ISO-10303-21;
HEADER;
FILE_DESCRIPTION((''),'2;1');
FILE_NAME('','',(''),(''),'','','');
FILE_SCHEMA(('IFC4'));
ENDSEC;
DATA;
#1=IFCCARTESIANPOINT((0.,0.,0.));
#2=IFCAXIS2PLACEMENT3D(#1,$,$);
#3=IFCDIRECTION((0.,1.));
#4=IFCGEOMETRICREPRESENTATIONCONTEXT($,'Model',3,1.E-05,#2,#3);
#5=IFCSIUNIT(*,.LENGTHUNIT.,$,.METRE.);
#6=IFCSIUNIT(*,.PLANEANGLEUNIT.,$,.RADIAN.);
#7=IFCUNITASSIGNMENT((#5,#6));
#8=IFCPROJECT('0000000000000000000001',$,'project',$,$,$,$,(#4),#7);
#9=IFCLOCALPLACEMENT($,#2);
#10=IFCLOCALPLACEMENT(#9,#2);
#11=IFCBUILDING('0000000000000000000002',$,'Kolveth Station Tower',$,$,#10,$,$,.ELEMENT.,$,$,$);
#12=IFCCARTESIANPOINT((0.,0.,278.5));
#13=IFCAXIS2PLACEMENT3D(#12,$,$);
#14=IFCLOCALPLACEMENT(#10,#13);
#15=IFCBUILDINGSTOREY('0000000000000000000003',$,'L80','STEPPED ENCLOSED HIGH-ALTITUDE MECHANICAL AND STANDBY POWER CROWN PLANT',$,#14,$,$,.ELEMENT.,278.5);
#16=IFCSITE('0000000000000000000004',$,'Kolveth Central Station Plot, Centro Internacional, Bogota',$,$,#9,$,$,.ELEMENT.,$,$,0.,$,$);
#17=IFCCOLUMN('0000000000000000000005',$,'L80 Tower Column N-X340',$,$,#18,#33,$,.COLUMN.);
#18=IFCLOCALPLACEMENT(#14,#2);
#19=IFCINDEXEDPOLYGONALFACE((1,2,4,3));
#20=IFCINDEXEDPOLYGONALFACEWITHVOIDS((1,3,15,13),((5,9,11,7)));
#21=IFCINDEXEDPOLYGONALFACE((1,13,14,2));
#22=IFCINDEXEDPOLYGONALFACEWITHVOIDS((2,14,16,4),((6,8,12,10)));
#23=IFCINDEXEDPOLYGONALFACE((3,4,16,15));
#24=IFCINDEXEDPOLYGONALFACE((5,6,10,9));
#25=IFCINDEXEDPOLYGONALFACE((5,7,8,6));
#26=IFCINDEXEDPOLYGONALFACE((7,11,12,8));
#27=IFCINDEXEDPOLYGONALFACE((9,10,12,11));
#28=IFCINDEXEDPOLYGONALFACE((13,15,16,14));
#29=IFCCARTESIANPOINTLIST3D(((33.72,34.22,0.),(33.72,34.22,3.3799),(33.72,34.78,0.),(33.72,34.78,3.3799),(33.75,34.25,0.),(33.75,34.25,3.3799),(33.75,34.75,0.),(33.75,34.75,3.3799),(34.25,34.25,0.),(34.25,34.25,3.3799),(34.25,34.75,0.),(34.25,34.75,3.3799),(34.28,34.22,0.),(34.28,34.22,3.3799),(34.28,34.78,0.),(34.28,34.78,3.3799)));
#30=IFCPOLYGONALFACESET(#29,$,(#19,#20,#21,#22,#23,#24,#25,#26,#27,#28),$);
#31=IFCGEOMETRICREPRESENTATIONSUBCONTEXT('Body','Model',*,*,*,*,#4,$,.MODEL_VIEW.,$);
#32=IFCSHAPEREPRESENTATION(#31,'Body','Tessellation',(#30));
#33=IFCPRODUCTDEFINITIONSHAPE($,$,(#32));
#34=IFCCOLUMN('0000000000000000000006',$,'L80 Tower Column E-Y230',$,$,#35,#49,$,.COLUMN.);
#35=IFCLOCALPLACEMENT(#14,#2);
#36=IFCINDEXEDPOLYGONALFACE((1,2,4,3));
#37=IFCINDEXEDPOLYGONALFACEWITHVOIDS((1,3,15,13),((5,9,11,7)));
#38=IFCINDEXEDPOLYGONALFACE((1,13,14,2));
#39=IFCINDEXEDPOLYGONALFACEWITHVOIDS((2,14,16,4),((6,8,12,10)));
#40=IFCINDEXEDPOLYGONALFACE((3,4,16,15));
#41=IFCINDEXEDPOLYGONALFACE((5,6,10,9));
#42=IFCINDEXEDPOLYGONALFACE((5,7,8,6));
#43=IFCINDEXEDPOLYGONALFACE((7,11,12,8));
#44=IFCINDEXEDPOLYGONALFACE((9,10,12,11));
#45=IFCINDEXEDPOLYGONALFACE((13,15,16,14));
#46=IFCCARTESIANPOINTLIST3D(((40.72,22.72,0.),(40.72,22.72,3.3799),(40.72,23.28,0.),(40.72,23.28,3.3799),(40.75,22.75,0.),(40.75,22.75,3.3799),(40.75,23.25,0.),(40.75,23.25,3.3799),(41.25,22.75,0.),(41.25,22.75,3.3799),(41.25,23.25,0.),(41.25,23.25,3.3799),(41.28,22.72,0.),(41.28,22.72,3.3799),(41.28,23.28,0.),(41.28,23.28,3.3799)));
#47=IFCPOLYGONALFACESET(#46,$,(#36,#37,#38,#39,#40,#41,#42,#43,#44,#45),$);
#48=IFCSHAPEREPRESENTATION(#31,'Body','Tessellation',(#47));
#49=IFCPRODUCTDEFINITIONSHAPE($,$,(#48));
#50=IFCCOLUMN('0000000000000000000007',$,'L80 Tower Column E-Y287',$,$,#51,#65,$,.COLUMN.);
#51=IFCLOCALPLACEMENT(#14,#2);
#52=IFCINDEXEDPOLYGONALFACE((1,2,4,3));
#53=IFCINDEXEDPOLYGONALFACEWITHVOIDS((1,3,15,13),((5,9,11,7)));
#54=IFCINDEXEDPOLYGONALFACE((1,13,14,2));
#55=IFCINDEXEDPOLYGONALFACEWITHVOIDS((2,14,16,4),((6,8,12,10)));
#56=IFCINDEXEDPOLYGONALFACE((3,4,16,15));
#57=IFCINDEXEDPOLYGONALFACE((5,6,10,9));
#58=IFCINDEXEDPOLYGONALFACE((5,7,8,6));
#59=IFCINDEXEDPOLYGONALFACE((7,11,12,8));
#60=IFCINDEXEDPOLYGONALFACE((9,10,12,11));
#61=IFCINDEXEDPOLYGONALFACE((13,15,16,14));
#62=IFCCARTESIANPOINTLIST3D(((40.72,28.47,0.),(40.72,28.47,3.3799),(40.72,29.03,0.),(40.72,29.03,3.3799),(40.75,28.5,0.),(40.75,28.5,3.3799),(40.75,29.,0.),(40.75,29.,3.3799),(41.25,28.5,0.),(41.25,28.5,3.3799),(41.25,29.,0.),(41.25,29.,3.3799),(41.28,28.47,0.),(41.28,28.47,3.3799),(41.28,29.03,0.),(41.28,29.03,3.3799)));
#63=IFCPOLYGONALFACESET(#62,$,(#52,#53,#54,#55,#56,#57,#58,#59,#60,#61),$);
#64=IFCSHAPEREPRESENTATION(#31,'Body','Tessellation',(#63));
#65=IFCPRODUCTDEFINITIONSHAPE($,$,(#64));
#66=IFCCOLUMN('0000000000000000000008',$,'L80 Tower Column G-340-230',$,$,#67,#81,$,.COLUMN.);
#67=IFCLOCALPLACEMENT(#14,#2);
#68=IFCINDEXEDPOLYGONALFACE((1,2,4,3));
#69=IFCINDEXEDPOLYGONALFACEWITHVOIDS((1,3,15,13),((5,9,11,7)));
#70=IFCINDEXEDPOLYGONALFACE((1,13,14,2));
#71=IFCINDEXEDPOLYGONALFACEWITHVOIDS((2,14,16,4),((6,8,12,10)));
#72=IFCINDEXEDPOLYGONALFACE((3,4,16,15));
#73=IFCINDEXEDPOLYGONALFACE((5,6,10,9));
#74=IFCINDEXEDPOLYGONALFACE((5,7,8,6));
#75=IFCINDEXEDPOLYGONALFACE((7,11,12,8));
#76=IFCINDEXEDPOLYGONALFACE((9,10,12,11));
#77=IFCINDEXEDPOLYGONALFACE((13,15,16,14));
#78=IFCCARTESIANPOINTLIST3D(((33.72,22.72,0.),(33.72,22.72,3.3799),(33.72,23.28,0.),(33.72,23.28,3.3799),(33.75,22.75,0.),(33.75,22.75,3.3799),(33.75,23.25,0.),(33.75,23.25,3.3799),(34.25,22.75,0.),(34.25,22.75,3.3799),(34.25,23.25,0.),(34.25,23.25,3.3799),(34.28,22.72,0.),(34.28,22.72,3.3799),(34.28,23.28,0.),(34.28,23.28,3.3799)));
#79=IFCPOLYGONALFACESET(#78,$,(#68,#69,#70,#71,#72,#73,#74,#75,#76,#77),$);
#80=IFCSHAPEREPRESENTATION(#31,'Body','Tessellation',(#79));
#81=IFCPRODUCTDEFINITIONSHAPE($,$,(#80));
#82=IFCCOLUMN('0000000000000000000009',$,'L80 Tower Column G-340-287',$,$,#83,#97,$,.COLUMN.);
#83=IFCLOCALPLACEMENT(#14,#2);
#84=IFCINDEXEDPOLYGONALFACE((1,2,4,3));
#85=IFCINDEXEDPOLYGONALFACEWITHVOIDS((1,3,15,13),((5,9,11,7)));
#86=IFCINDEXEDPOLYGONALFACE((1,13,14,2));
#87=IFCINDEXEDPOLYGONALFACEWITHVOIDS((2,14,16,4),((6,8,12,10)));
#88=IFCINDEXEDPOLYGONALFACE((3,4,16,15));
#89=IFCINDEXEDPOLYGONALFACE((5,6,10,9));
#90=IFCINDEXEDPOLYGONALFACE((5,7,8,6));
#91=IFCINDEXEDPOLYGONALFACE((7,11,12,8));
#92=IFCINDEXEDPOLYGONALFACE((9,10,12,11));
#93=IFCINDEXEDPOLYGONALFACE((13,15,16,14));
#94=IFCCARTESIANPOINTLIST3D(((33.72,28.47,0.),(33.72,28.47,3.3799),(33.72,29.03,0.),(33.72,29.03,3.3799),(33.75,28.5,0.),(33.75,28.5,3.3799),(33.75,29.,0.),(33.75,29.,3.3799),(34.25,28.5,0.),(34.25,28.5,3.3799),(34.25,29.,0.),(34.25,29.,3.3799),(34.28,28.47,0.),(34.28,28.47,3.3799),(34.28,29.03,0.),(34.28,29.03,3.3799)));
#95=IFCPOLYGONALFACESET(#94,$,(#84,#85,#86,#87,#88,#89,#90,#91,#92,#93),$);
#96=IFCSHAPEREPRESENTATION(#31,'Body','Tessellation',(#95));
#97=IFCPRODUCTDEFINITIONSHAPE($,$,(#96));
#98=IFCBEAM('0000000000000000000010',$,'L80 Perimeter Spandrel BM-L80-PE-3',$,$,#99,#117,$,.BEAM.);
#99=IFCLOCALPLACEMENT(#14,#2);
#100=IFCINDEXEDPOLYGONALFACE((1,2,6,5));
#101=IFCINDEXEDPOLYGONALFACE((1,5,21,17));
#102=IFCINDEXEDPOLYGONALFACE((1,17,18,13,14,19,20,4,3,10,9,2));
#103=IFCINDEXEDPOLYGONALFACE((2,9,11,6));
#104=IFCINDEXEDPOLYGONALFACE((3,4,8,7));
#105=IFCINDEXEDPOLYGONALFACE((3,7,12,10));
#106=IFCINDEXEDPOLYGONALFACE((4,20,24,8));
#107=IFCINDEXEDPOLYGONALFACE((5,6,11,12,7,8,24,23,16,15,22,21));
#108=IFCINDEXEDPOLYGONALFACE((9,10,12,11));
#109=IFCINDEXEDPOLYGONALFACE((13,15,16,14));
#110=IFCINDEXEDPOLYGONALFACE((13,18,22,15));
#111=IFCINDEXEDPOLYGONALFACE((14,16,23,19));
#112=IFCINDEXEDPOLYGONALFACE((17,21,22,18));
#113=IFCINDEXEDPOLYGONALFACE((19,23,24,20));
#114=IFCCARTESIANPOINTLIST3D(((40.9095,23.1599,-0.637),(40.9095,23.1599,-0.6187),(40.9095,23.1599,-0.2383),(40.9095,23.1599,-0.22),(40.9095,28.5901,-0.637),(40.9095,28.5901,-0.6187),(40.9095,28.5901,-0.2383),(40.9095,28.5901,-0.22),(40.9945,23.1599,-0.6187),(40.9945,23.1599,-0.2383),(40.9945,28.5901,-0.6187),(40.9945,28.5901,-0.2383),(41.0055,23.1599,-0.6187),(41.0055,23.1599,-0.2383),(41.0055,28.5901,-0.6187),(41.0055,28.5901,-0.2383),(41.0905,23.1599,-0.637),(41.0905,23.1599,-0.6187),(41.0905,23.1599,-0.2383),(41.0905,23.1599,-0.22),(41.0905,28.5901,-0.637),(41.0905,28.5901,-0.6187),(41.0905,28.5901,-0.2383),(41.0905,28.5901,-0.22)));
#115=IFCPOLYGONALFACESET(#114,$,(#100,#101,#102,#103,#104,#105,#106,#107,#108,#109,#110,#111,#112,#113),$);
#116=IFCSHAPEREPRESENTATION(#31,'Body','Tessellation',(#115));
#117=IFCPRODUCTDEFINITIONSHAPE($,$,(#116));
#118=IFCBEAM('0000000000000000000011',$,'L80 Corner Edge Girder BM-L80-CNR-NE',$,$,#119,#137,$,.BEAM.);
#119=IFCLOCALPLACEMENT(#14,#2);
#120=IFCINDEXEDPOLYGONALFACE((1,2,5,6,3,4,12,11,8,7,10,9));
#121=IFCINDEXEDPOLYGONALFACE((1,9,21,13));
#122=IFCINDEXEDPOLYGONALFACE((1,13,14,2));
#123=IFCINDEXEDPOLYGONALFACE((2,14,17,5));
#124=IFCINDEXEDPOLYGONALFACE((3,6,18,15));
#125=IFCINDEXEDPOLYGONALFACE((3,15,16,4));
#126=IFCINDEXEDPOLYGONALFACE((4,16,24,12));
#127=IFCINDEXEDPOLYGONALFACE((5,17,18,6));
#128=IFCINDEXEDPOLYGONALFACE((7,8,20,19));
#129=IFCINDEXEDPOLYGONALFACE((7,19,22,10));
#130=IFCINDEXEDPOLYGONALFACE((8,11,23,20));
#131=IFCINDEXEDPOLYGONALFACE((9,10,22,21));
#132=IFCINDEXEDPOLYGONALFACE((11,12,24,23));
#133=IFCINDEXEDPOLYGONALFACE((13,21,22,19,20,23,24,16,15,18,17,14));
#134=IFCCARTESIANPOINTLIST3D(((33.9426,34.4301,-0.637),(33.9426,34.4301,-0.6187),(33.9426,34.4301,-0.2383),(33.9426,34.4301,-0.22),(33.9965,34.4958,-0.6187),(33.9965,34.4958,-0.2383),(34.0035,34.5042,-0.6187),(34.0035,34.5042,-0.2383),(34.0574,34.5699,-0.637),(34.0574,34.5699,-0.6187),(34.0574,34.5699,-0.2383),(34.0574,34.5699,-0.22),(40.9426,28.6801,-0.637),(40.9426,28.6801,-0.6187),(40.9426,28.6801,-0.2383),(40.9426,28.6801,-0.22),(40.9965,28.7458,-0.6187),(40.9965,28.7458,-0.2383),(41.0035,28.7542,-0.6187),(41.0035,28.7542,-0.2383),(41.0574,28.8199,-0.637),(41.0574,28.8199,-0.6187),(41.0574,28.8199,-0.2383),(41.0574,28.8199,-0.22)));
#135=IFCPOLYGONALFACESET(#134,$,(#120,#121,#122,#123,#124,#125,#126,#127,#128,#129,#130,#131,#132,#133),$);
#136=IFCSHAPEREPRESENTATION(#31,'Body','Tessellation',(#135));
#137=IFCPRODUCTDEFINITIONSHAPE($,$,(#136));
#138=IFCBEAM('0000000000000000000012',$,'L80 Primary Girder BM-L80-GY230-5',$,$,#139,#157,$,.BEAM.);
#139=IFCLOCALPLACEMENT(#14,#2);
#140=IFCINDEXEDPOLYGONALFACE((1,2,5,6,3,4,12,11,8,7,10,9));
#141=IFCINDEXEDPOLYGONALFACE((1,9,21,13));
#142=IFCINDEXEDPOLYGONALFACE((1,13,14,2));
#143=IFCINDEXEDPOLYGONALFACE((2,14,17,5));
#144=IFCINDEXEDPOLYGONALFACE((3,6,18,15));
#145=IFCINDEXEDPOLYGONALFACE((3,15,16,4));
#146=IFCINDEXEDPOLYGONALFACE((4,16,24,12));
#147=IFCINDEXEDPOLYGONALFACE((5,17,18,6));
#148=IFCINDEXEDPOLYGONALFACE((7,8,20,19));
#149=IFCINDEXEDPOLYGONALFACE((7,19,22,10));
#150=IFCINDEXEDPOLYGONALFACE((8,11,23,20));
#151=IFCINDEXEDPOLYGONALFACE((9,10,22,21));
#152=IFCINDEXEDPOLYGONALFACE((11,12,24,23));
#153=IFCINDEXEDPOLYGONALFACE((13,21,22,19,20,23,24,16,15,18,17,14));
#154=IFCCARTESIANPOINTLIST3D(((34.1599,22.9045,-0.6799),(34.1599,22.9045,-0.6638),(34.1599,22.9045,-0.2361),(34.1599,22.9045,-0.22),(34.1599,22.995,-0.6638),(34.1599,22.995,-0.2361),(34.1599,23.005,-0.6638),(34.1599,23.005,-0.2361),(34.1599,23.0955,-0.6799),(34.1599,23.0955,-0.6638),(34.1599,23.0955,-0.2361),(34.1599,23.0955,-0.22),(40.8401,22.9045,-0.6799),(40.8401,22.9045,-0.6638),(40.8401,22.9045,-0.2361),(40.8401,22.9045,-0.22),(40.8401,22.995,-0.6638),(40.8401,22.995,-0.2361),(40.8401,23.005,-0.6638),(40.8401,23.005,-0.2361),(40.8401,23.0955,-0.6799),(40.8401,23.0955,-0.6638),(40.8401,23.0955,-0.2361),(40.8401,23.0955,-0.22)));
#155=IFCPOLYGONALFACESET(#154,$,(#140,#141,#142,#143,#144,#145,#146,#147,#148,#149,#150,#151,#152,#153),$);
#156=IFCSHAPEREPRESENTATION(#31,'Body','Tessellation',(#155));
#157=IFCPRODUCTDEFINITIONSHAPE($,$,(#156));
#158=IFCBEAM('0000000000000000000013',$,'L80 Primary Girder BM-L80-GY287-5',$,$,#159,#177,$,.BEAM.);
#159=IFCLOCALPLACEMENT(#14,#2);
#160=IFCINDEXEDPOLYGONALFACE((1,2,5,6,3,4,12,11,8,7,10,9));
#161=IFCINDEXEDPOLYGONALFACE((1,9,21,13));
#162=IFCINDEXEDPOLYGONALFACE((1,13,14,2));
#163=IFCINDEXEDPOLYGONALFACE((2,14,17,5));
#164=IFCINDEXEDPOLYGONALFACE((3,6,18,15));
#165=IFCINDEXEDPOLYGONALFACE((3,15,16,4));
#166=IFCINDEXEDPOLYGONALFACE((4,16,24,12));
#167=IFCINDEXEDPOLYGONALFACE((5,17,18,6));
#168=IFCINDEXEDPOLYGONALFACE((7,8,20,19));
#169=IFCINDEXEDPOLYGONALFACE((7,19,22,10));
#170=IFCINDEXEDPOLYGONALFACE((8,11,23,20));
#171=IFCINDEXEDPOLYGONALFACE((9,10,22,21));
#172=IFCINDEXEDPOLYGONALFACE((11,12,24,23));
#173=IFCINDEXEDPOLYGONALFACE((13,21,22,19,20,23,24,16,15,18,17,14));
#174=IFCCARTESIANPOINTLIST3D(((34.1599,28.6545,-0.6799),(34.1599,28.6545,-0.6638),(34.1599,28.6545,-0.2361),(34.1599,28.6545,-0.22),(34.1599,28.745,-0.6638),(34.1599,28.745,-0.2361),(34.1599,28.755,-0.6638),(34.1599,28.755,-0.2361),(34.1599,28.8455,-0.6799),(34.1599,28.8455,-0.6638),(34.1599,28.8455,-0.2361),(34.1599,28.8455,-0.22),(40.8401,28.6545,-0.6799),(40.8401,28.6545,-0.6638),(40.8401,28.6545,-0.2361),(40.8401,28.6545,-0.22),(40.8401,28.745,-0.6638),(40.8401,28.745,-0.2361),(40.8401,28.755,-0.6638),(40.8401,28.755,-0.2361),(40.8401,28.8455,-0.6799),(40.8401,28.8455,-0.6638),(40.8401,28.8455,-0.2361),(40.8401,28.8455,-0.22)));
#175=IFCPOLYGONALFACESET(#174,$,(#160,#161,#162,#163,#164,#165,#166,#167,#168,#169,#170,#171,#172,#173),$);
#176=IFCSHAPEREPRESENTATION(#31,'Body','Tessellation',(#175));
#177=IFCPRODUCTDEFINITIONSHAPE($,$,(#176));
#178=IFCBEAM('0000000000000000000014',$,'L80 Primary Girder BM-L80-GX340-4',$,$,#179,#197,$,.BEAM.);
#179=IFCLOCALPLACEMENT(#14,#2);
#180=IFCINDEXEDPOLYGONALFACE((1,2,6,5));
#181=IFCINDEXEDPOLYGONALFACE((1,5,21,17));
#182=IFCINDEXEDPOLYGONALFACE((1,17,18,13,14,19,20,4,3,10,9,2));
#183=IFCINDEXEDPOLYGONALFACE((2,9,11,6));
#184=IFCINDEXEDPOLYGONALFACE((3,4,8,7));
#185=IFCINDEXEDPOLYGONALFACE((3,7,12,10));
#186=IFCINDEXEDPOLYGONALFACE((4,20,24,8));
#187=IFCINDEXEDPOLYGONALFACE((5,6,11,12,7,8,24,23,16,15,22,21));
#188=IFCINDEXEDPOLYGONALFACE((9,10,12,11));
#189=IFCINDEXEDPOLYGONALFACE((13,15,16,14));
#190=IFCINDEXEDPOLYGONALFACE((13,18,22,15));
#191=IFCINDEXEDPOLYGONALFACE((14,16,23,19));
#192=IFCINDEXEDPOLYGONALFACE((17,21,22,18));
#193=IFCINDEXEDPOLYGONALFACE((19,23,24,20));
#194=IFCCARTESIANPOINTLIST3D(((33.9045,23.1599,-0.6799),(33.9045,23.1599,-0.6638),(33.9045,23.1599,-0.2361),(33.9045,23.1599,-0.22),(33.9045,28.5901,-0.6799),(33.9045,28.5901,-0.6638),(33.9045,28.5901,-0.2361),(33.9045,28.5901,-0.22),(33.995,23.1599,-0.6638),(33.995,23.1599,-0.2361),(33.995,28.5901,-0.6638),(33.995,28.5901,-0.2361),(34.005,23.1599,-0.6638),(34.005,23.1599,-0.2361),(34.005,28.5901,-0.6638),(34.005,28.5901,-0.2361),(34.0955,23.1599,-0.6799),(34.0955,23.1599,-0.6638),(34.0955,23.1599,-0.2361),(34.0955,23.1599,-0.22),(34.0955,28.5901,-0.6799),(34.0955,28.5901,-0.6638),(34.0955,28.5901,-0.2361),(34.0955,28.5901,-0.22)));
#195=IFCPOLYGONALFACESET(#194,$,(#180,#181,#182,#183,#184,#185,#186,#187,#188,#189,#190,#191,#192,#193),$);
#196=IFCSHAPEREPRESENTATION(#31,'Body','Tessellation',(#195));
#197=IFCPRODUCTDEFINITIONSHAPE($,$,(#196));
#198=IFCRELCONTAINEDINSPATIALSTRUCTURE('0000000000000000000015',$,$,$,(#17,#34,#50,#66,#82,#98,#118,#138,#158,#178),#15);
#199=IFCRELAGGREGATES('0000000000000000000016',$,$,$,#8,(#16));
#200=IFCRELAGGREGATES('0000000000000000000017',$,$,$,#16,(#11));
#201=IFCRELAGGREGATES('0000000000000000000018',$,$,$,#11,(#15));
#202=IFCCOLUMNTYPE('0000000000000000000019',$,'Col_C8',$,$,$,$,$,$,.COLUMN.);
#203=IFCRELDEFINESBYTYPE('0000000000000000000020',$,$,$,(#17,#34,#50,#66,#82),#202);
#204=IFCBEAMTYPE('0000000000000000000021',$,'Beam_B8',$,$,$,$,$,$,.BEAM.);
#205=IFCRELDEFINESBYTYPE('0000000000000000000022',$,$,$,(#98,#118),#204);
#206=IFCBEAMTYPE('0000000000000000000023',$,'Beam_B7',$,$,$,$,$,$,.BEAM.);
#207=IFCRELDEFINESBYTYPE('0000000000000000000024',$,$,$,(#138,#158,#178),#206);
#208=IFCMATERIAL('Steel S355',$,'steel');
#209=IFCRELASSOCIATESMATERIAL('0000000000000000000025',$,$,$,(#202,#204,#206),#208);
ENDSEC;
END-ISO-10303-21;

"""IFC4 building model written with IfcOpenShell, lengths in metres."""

from ifc_helpers import new_model, si_unit, direction, frame, origin, origin_2d, place, context, subcontext, project, spatial, hollow_rectangle, i_section, extrude, source, transform, mapped, material, material_profile, profile_set, type_object, element, save


model = new_model("IFC4")

# Units and contexts
model_context = context("Model", 3, precision=1e-05, world=origin(), true_north=direction((0.0, 1.0)))
body_context = subcontext(model_context, "Body", "Model", "MODEL_VIEW")
ifc_project = project(units=[si_unit("LENGTHUNIT", "METRE"), si_unit("PLANEANGLEUNIT", "RADIAN")], contexts=[model_context])

# Site, building, storey
site_placement = place(None, origin())
site = spatial("IfcSite", under=ifc_project, at=site_placement, Name="Kolveth Central Station Plot, Centro Internacional, Bogota", CompositionType="ELEMENT", RefElevation=0.0)
building_placement = place(site_placement, origin())
building = spatial("IfcBuilding", under=site, at=building_placement, Name="Kolveth Station Tower", CompositionType="ELEMENT")
storey_placement = place(building_placement, frame((0.0, 0.0, 278.5)))
storey = spatial("IfcBuildingStorey", under=building, at=storey_placement, Name="L80", Description="STEPPED ENCLOSED HIGH-ALTITUDE MECHANICAL AND STANDBY POWER CROWN PLANT", CompositionType="ELEMENT", Elevation=278.5)

# Columns
ifc_material_1 = material(Name="Steel S355", Category="steel")
ifc_material_profile_1 = material_profile(ifc_material_1, hollow_rectangle(XDim=0.5601, YDim=0.5601, WallThickness=0.03, at=origin_2d()), Name="BOX560x560x30")
ifc_profile_set_1 = profile_set([ifc_material_profile_1], Name="Steel S355")
column_type = type_object("IfcColumnType", Name="Col_C8", PredefinedType="COLUMN", material=ifc_profile_set_1)
shared_shape_1 = source(origin(), body_context, "Body", "SweptSolid", [
    extrude(hollow_rectangle(XDim=0.5601, YDim=0.5601, WallThickness=0.03, at=origin_2d()), origin(), (0.0, 0.0, 1.0), 3.3799),
])
for number, where, z_axis, x_axis, name in (
    (1, (34.0, 34.5, 0.0), (0.0, 0.0, 1.0), (1.0, 0.0, 0.0), "L80 Tower Column N-X340"),
    (2, (41.0, 23.0, 0.0), (0.0, 0.0, 1.0), (1.0, 0.0, 0.0), "L80 Tower Column E-Y230"),
    (3, (41.0, 28.75, 0.0), (0.0, 0.0, 1.0), (1.0, 0.0, 0.0), "L80 Tower Column E-Y287"),
    (4, (34.0, 23.0, 0.0), (0.0, 0.0, 1.0), (1.0, 0.0, 0.0), "L80 Tower Column G-340-230"),
    (5, (34.0, 28.75, 0.0), (0.0, 0.0, 1.0), (1.0, 0.0, 0.0), "L80 Tower Column G-340-287"),
):
    element("IfcColumn", number, at=place(storey_placement, frame(where, z_axis=z_axis, x_axis=x_axis)), inside=storey, type_object=column_type, Name=name, PredefinedType="COLUMN", context=body_context, shape_type="MappedRepresentation", body=[
        mapped(shared_shape_1, transform((0.0, 0.0, 0.0), x_axis=(1.0, 0.0, 0.0), y_axis=(0.0, 1.0, 0.0), z_axis=(0.0, 0.0, 1.0), scale=1.0)),
    ])

# Beams
ifc_material_profile_2 = material_profile(ifc_material_1, i_section(OverallWidth=0.1809, OverallDepth=0.417, WebThickness=0.011, FlangeThickness=0.0183, at=origin_2d()), Name="W410x85")
ifc_profile_set_2 = profile_set([ifc_material_profile_2], Name="Steel S355")
beam_type_1 = type_object("IfcBeamType", Name="Beam_B8", PredefinedType="BEAM", material=ifc_profile_set_2)
shared_shape_2 = source(origin(), body_context, "Body", "SweptSolid", [
    extrude(i_section(OverallWidth=0.1809, OverallDepth=0.417, WebThickness=0.011, FlangeThickness=0.0183, at=origin_2d()), origin(), (0.0, 0.0, 1.0), 5.4302),
])
beam_1_placement = place(storey_placement, frame((41.0, 23.1599, -0.4285), z_axis=(0.0, 1.0, 0.0), x_axis=(-1.0, 0.0, 0.0)))
element("IfcBeam", 6, at=beam_1_placement, inside=storey, type_object=beam_type_1, Name="L80 Perimeter Spandrel BM-L80-PE-3", PredefinedType="BEAM", context=body_context, shape_type="MappedRepresentation", body=[
    mapped(shared_shape_2, transform((0.0, 0.0, 0.0), x_axis=(1.0, 0.0, 0.0), y_axis=(0.0, 1.0, 0.0), z_axis=(0.0, 0.0, 1.0), scale=1.0)),
])
shared_shape_3 = source(origin(), body_context, "Body", "SweptSolid", [
    extrude(i_section(OverallWidth=0.1809, OverallDepth=0.417, WebThickness=0.011, FlangeThickness=0.0183, at=origin_2d()), origin(), (0.0, 0.0, 1.0), 9.0588),
])
beam_2_placement = place(storey_placement, frame((41.0, 28.75, -0.4285), z_axis=(-0.772726, 0.634739, 0.0), x_axis=(-0.634739, -0.772726, 0.0)))
element("IfcBeam", 7, at=beam_2_placement, inside=storey, type_object=beam_type_1, Name="L80 Corner Edge Girder BM-L80-CNR-NE", PredefinedType="BEAM", context=body_context, shape_type="MappedRepresentation", body=[
    mapped(shared_shape_3, transform((0.0, 0.0, 0.0), x_axis=(1.0, 0.0, 0.0), y_axis=(0.0, 1.0, 0.0), z_axis=(0.0, 0.0, 1.0), scale=1.0)),
])
ifc_material_profile_3 = material_profile(ifc_material_1, i_section(OverallWidth=0.1909, OverallDepth=0.46, WebThickness=0.01, FlangeThickness=0.0161, at=origin_2d()), Name="W460x82")
ifc_profile_set_3 = profile_set([ifc_material_profile_3], Name="Steel S355")
beam_type_2 = type_object("IfcBeamType", Name="Beam_B7", PredefinedType="BEAM", material=ifc_profile_set_3)
shared_shape_4 = source(origin(), body_context, "Body", "SweptSolid", [
    extrude(i_section(OverallWidth=0.1909, OverallDepth=0.46, WebThickness=0.01, FlangeThickness=0.0161, at=origin_2d()), origin(), (0.0, 0.0, 1.0), 6.6802),
])
for number, where, z_axis, x_axis, name in (
    (8, (34.1599, 23.0, -0.45), (1.0, 0.0, 0.0), (0.0, 1.0, 0.0), "L80 Primary Girder BM-L80-GY230-5"),
    (9, (34.1599, 28.75, -0.45), (1.0, 0.0, 0.0), (0.0, 1.0, 0.0), "L80 Primary Girder BM-L80-GY287-5"),
):
    element("IfcBeam", number, at=place(storey_placement, frame(where, z_axis=z_axis, x_axis=x_axis)), inside=storey, type_object=beam_type_2, Name=name, PredefinedType="BEAM", context=body_context, shape_type="MappedRepresentation", body=[
        mapped(shared_shape_4, transform((0.0, 0.0, 0.0), x_axis=(1.0, 0.0, 0.0), y_axis=(0.0, 1.0, 0.0), z_axis=(0.0, 0.0, 1.0), scale=1.0)),
    ])
shared_shape_5 = source(origin(), body_context, "Body", "SweptSolid", [
    extrude(i_section(OverallWidth=0.1909, OverallDepth=0.46, WebThickness=0.01, FlangeThickness=0.0161, at=origin_2d()), origin(), (0.0, 0.0, 1.0), 5.4302),
])
for number, where, z_axis, x_axis, name in (
    (10, (34.0, 23.1599, -0.45), (0.0, 1.0, 0.0), (-1.0, 0.0, 0.0), "L80 Primary Girder BM-L80-GX340-4"),
):
    element("IfcBeam", number, at=place(storey_placement, frame(where, z_axis=z_axis, x_axis=x_axis)), inside=storey, type_object=beam_type_2, Name=name, PredefinedType="BEAM", context=body_context, shape_type="MappedRepresentation", body=[
        mapped(shared_shape_5, transform((0.0, 0.0, 0.0), x_axis=(1.0, 0.0, 0.0), y_axis=(0.0, 1.0, 0.0), z_axis=(0.0, 0.0, 1.0), scale=1.0)),
    ])

save(model, "model.ifc")
